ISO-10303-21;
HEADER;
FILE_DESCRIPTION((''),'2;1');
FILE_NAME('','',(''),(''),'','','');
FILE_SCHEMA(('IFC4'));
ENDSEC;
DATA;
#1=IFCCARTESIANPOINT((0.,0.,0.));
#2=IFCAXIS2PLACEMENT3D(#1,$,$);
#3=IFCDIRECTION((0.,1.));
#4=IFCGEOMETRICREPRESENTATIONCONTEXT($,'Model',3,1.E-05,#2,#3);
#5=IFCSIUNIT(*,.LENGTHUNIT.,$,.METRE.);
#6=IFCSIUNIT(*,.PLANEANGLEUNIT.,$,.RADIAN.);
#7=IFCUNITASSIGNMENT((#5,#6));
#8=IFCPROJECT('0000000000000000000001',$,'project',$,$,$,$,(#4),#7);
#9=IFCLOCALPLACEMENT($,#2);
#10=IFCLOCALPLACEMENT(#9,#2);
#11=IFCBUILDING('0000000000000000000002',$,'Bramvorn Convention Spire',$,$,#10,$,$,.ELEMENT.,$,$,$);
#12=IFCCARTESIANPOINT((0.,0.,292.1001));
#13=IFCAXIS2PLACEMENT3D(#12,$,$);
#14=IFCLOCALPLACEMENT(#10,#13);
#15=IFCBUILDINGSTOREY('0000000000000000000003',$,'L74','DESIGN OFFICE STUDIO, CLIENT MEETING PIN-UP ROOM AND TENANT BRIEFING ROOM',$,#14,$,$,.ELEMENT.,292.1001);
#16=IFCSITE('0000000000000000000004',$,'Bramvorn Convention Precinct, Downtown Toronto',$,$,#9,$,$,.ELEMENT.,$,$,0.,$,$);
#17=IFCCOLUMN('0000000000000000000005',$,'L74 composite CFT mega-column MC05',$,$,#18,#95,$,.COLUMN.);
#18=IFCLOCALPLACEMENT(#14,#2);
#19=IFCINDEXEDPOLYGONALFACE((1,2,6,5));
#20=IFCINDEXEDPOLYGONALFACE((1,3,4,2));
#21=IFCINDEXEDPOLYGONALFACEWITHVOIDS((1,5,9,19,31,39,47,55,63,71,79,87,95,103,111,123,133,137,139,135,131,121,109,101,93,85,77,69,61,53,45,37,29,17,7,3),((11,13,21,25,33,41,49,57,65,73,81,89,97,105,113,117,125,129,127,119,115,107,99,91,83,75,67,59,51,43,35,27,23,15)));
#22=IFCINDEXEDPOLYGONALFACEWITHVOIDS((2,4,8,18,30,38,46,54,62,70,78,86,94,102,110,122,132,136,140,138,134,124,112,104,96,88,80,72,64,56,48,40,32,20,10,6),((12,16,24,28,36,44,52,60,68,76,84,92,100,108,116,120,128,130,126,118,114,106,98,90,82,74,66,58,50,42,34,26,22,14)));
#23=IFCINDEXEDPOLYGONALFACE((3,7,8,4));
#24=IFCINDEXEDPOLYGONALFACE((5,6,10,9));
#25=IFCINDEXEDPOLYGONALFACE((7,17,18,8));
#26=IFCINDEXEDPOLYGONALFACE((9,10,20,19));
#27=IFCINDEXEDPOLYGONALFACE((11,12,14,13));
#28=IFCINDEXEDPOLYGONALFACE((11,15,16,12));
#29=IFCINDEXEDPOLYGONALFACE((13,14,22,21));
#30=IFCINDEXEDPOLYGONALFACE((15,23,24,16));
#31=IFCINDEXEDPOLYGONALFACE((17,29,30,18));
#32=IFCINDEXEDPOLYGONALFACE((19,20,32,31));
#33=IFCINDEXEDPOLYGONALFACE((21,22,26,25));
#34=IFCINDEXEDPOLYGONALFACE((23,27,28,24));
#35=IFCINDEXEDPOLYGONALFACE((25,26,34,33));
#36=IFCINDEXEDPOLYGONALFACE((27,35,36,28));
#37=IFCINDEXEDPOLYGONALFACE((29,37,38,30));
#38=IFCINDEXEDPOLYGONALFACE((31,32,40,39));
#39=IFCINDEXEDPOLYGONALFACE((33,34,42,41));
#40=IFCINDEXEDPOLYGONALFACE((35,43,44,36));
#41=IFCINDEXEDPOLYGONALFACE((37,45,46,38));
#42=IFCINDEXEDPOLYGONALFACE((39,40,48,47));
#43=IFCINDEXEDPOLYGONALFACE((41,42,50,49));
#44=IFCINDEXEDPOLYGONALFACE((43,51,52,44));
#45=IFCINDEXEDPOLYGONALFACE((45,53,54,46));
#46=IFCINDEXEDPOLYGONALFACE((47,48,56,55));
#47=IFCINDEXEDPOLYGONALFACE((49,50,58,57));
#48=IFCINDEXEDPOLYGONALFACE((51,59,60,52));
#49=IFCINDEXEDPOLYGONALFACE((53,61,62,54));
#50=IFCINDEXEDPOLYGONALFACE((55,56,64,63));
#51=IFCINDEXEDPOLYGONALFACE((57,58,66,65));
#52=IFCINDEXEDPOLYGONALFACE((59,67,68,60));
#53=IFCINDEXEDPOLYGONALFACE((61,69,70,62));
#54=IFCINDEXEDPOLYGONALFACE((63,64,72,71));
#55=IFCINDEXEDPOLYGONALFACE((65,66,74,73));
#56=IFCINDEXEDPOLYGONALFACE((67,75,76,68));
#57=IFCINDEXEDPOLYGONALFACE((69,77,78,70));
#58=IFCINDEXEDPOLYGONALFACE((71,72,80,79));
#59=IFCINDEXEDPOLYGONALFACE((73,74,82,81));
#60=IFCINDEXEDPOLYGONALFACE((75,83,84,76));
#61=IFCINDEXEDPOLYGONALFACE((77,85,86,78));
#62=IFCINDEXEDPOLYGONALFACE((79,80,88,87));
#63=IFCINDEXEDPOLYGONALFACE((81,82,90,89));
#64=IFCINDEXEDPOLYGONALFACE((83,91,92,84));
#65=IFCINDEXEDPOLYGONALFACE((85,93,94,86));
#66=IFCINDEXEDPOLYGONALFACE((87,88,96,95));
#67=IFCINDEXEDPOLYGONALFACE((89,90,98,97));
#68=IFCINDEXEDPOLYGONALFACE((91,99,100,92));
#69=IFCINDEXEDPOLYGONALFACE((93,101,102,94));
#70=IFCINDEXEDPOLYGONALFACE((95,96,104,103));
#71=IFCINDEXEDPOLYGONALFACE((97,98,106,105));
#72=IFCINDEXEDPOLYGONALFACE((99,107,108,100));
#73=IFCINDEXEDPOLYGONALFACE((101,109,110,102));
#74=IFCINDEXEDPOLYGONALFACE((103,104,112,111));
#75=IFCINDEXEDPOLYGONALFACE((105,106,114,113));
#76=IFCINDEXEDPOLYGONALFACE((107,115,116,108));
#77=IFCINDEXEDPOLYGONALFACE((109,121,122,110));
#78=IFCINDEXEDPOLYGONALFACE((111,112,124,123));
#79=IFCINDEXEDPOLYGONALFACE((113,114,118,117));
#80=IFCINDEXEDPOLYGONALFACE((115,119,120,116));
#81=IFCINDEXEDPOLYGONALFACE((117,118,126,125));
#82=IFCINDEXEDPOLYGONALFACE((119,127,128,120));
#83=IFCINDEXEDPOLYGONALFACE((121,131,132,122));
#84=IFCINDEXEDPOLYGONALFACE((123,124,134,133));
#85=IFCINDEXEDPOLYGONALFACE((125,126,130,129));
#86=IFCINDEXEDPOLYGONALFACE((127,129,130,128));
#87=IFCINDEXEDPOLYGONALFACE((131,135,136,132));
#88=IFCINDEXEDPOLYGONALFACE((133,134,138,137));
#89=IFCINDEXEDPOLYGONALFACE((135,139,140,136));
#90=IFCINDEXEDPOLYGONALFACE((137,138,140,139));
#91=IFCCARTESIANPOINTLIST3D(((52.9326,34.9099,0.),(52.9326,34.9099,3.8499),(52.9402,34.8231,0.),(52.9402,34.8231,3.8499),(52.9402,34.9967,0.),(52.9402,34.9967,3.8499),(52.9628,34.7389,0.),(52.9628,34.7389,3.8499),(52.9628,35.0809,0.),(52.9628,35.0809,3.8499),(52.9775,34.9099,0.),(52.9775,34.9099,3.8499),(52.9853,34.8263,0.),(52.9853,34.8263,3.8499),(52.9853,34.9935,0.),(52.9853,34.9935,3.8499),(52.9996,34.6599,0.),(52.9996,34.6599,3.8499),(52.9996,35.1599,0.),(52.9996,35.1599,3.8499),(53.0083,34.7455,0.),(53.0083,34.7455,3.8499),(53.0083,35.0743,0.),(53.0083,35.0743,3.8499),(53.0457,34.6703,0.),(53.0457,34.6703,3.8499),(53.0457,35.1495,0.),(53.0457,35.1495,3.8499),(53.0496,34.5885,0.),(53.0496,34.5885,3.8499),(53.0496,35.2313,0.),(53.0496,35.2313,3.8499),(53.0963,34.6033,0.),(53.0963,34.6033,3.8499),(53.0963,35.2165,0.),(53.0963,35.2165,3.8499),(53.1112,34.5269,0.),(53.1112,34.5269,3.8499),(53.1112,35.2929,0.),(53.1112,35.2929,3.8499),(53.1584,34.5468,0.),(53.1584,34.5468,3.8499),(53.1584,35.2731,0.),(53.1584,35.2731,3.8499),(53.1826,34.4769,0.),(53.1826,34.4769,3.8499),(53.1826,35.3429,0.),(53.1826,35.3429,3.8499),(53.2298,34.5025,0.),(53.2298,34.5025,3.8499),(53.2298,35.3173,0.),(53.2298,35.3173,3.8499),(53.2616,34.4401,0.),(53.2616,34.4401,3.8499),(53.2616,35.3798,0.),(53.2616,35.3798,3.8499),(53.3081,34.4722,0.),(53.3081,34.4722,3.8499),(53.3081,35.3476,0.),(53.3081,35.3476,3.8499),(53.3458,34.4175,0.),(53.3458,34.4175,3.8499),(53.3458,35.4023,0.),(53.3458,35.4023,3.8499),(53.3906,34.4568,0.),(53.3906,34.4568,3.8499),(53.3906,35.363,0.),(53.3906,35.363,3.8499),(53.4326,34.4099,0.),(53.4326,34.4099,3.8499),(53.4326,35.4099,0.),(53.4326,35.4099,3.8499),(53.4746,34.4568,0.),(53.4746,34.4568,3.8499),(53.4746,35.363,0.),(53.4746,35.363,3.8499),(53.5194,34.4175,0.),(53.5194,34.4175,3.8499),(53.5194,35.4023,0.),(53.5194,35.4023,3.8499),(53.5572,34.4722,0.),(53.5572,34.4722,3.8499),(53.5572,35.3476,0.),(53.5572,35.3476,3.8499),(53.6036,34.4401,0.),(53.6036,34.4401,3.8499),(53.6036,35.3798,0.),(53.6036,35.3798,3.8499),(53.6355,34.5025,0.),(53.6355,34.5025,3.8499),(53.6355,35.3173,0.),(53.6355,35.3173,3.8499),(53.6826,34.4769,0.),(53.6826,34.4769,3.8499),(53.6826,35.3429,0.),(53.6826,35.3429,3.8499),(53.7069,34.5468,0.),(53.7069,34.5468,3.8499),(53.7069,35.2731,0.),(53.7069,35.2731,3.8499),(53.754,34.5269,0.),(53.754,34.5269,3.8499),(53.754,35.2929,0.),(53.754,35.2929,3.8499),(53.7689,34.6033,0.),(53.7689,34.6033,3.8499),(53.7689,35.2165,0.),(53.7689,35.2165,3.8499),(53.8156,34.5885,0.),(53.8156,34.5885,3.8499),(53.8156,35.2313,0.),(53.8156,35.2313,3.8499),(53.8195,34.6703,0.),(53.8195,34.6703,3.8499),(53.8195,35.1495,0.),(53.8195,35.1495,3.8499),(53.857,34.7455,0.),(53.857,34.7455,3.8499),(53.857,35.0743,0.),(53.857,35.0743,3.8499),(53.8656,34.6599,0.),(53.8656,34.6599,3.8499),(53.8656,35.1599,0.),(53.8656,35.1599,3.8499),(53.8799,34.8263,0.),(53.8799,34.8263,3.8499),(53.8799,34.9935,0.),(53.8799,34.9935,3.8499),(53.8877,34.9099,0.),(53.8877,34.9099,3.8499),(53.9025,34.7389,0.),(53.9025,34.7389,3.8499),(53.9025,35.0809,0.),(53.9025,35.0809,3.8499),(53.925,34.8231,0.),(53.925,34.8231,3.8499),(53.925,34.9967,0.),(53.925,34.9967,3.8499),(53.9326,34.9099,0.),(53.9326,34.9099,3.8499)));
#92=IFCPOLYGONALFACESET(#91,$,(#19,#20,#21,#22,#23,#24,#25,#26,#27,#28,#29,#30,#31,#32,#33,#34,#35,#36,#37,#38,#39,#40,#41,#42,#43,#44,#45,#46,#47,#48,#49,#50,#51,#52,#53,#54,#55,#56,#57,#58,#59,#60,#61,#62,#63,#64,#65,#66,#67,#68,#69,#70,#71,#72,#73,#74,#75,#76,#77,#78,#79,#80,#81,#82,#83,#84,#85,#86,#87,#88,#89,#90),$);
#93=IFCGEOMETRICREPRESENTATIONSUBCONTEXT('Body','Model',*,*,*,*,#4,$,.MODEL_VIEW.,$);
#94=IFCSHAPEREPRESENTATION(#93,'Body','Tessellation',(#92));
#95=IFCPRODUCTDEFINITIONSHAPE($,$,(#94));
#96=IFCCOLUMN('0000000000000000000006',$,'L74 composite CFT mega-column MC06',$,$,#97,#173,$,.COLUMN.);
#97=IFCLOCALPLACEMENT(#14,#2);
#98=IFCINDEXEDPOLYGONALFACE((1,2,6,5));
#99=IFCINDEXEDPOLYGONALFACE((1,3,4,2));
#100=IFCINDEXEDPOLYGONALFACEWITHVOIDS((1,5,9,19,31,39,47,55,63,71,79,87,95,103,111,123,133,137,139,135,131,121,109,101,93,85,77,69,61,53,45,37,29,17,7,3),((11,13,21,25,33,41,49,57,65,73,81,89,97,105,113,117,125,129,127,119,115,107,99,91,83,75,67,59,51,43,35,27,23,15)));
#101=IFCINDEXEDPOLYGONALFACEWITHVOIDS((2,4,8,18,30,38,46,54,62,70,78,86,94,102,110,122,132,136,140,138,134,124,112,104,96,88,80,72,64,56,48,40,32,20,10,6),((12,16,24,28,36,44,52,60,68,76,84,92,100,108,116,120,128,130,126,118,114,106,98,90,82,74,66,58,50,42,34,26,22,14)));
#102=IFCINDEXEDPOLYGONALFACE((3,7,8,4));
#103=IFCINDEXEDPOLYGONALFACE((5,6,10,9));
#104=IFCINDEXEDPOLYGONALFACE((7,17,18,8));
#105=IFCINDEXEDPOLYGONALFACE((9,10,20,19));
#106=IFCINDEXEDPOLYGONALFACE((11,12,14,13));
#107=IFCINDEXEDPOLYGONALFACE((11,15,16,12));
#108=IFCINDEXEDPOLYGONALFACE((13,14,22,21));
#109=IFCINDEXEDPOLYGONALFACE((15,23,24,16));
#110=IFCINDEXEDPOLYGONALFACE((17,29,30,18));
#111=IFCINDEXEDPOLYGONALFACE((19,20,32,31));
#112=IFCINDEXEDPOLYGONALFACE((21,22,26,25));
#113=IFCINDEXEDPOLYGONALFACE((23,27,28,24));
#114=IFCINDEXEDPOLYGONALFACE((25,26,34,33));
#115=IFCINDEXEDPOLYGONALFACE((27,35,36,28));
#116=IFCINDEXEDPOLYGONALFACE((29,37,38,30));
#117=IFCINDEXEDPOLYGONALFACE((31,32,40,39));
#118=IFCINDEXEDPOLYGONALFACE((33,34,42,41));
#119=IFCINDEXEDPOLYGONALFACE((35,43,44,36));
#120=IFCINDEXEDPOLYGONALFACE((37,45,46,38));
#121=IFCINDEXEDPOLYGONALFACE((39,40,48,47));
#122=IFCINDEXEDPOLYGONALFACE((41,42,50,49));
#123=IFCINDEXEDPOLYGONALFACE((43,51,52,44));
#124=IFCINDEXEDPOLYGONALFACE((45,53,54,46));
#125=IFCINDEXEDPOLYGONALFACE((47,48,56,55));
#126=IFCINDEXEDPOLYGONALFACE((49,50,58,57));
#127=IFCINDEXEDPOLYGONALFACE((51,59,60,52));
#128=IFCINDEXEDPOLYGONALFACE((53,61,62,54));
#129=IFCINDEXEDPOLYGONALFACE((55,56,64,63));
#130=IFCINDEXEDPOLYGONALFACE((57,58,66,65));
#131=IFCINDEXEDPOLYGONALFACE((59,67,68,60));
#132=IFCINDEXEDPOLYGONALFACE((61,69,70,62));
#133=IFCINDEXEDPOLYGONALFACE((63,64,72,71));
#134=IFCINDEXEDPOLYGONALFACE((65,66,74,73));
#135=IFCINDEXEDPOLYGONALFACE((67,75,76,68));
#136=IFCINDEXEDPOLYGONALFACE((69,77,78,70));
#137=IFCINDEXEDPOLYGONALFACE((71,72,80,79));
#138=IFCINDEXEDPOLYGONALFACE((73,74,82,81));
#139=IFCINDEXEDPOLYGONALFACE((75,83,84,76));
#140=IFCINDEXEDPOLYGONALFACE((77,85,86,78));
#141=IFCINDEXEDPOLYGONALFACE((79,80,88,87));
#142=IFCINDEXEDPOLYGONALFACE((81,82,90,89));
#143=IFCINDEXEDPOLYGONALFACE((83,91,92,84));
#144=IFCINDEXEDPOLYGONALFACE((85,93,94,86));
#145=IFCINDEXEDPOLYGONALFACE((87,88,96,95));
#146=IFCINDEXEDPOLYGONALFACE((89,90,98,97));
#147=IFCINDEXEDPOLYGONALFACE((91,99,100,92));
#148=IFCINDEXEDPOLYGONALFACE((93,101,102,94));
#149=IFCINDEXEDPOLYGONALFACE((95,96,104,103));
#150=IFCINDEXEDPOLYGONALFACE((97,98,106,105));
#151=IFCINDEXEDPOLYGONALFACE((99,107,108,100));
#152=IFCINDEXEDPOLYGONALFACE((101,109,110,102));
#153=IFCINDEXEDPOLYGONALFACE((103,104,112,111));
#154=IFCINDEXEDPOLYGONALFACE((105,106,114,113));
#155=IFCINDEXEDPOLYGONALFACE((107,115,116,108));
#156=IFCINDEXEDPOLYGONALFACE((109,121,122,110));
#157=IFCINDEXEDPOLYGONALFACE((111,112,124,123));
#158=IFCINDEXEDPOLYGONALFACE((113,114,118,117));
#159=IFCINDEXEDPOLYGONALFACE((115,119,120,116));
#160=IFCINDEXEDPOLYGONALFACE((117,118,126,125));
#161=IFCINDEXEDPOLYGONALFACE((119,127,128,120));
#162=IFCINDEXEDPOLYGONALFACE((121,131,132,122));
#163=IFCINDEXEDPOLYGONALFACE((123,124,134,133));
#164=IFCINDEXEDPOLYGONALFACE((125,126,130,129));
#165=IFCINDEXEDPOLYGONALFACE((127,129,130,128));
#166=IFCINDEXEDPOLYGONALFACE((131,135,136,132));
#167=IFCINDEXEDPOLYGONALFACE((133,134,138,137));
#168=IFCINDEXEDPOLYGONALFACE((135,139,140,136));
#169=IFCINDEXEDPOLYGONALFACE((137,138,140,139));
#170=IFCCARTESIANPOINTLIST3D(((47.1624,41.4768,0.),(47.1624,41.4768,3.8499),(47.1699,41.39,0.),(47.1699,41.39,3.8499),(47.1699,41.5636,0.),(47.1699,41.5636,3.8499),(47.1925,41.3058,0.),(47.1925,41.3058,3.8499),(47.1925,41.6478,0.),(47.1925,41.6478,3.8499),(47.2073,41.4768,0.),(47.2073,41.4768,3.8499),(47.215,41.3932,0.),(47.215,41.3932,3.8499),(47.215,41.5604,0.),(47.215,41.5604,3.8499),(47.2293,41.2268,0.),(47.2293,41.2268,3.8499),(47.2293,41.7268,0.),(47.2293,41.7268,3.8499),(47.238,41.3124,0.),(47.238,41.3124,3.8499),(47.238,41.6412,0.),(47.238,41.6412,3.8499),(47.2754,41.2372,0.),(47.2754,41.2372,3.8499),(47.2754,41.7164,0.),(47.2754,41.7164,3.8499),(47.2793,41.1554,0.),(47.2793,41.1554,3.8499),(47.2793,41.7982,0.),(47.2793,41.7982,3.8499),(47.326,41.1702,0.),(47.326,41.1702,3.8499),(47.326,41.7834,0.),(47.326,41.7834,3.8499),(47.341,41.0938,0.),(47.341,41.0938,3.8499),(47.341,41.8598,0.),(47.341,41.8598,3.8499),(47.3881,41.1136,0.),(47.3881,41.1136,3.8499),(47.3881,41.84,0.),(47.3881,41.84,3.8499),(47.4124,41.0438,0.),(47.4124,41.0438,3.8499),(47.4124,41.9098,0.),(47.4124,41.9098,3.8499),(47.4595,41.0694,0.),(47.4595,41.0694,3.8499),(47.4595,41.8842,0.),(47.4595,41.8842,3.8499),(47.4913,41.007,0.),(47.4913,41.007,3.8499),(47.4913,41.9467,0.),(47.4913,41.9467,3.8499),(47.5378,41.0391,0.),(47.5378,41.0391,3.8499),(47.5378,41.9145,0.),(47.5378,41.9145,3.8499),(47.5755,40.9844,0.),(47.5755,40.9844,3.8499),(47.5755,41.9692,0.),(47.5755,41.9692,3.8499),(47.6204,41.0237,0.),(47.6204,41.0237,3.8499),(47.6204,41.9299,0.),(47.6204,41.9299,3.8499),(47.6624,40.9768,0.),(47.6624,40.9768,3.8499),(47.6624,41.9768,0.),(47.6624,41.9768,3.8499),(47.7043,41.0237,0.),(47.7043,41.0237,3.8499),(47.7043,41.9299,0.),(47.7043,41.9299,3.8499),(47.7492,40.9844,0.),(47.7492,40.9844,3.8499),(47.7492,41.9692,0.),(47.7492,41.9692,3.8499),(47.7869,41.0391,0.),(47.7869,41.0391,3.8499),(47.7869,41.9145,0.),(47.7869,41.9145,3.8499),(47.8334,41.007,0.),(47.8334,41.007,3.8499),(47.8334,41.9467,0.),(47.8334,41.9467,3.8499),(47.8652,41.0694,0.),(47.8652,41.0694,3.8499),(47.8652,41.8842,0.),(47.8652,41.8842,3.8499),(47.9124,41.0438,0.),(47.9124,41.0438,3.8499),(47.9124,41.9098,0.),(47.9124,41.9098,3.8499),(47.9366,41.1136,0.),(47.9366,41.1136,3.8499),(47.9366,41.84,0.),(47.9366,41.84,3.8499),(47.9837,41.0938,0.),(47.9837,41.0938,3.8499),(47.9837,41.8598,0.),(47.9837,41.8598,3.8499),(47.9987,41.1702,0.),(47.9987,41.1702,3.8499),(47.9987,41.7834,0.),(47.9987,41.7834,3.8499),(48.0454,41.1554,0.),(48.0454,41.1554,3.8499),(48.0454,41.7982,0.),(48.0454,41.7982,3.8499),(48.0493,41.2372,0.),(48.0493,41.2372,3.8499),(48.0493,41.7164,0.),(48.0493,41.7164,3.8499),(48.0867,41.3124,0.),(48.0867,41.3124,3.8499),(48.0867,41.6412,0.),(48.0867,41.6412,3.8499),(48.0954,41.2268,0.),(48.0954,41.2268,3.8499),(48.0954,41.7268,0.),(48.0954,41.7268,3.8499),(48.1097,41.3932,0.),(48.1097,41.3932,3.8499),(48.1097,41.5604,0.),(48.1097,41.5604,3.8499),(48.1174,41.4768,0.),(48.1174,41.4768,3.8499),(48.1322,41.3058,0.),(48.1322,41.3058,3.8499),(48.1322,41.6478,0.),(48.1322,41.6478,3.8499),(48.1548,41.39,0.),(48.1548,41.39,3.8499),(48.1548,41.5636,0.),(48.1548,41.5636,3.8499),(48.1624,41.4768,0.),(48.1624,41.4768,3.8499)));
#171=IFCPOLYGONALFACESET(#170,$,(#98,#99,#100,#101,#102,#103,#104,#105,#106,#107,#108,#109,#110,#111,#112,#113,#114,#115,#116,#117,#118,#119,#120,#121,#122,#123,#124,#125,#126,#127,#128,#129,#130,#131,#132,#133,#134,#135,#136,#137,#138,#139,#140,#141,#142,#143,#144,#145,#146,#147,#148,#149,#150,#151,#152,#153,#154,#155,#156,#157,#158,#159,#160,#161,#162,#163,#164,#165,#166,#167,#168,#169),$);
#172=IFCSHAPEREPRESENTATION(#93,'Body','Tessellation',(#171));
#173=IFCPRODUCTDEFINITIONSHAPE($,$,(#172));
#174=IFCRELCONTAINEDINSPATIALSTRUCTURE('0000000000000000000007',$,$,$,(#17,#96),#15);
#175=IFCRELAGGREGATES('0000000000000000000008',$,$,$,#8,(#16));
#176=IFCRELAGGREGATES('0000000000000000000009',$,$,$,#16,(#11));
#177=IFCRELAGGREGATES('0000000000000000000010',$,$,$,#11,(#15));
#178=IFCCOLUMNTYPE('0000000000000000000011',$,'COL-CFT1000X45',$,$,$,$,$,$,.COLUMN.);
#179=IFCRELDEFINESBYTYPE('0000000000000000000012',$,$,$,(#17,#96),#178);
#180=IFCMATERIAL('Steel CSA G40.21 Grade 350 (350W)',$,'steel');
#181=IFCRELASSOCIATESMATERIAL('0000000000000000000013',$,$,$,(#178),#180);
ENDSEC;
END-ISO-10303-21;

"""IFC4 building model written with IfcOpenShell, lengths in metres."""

from ifc_helpers import new_model, si_unit, direction, frame, origin, origin_2d, place, context, subcontext, project, spatial, hollow_circle, extrude, material, material_profile, profile_set, type_object, element, save


model = new_model("IFC4")

# Units and contexts
model_context = context("Model", 3, precision=1e-05, world=origin(), true_north=direction((0.0, 1.0)))
body_context = subcontext(model_context, "Body", "Model", "MODEL_VIEW")
ifc_project = project(units=[si_unit("LENGTHUNIT", "METRE"), si_unit("PLANEANGLEUNIT", "RADIAN")], contexts=[model_context])

# Site, building, storey
site_placement = place(None, origin())
site = spatial("IfcSite", under=ifc_project, at=site_placement, Name="Bramvorn Convention Precinct, Downtown Toronto", CompositionType="ELEMENT", RefElevation=0.0)
building_placement = place(site_placement, origin())
building = spatial("IfcBuilding", under=site, at=building_placement, Name="Bramvorn Convention Spire", CompositionType="ELEMENT")
storey_placement = place(building_placement, frame((0.0, 0.0, 292.1001)))
storey = spatial("IfcBuildingStorey", under=building, at=storey_placement, Name="L74", Description="DESIGN OFFICE STUDIO, CLIENT MEETING PIN-UP ROOM AND TENANT BRIEFING ROOM", CompositionType="ELEMENT", Elevation=292.1001)

# Columns
ifc_material_1 = material(Name="Steel CSA G40.21 Grade 350 (350W)", Category="steel")
ifc_material_profile_1 = material_profile(ifc_material_1, hollow_circle(Radius=0.5, WallThickness=0.0449, at=origin_2d()))
ifc_profile_set_1 = profile_set([ifc_material_profile_1], Name="Steel CSA G40.21 Grade 350 (350W) - CFT1000X45")
column_type = type_object("IfcColumnType", Name="COL-CFT1000X45", PredefinedType="COLUMN", material=ifc_profile_set_1)
for number, where, z_axis, x_axis, name in (
    (1, (53.4326, 34.9099, 0.0), (0.0, 0.0, 1.0), (1.0, 0.0, 0.0), "L74 composite CFT mega-column MC05"),
    (2, (47.6624, 41.4768, 0.0), (0.0, 0.0, 1.0), (1.0, 0.0, 0.0), "L74 composite CFT mega-column MC06"),
):
    element("IfcColumn", number, at=place(storey_placement, frame(where, z_axis=z_axis, x_axis=x_axis)), inside=storey, type_object=column_type, Name=name, PredefinedType="COLUMN", context=body_context, shape_type="SweptSolid", body=[
        extrude(hollow_circle(Radius=0.5, WallThickness=0.0449, at=origin_2d()), origin(), (0.0, 0.0, 1.0), 3.8499),
    ])

save(model, "model.ifc")
